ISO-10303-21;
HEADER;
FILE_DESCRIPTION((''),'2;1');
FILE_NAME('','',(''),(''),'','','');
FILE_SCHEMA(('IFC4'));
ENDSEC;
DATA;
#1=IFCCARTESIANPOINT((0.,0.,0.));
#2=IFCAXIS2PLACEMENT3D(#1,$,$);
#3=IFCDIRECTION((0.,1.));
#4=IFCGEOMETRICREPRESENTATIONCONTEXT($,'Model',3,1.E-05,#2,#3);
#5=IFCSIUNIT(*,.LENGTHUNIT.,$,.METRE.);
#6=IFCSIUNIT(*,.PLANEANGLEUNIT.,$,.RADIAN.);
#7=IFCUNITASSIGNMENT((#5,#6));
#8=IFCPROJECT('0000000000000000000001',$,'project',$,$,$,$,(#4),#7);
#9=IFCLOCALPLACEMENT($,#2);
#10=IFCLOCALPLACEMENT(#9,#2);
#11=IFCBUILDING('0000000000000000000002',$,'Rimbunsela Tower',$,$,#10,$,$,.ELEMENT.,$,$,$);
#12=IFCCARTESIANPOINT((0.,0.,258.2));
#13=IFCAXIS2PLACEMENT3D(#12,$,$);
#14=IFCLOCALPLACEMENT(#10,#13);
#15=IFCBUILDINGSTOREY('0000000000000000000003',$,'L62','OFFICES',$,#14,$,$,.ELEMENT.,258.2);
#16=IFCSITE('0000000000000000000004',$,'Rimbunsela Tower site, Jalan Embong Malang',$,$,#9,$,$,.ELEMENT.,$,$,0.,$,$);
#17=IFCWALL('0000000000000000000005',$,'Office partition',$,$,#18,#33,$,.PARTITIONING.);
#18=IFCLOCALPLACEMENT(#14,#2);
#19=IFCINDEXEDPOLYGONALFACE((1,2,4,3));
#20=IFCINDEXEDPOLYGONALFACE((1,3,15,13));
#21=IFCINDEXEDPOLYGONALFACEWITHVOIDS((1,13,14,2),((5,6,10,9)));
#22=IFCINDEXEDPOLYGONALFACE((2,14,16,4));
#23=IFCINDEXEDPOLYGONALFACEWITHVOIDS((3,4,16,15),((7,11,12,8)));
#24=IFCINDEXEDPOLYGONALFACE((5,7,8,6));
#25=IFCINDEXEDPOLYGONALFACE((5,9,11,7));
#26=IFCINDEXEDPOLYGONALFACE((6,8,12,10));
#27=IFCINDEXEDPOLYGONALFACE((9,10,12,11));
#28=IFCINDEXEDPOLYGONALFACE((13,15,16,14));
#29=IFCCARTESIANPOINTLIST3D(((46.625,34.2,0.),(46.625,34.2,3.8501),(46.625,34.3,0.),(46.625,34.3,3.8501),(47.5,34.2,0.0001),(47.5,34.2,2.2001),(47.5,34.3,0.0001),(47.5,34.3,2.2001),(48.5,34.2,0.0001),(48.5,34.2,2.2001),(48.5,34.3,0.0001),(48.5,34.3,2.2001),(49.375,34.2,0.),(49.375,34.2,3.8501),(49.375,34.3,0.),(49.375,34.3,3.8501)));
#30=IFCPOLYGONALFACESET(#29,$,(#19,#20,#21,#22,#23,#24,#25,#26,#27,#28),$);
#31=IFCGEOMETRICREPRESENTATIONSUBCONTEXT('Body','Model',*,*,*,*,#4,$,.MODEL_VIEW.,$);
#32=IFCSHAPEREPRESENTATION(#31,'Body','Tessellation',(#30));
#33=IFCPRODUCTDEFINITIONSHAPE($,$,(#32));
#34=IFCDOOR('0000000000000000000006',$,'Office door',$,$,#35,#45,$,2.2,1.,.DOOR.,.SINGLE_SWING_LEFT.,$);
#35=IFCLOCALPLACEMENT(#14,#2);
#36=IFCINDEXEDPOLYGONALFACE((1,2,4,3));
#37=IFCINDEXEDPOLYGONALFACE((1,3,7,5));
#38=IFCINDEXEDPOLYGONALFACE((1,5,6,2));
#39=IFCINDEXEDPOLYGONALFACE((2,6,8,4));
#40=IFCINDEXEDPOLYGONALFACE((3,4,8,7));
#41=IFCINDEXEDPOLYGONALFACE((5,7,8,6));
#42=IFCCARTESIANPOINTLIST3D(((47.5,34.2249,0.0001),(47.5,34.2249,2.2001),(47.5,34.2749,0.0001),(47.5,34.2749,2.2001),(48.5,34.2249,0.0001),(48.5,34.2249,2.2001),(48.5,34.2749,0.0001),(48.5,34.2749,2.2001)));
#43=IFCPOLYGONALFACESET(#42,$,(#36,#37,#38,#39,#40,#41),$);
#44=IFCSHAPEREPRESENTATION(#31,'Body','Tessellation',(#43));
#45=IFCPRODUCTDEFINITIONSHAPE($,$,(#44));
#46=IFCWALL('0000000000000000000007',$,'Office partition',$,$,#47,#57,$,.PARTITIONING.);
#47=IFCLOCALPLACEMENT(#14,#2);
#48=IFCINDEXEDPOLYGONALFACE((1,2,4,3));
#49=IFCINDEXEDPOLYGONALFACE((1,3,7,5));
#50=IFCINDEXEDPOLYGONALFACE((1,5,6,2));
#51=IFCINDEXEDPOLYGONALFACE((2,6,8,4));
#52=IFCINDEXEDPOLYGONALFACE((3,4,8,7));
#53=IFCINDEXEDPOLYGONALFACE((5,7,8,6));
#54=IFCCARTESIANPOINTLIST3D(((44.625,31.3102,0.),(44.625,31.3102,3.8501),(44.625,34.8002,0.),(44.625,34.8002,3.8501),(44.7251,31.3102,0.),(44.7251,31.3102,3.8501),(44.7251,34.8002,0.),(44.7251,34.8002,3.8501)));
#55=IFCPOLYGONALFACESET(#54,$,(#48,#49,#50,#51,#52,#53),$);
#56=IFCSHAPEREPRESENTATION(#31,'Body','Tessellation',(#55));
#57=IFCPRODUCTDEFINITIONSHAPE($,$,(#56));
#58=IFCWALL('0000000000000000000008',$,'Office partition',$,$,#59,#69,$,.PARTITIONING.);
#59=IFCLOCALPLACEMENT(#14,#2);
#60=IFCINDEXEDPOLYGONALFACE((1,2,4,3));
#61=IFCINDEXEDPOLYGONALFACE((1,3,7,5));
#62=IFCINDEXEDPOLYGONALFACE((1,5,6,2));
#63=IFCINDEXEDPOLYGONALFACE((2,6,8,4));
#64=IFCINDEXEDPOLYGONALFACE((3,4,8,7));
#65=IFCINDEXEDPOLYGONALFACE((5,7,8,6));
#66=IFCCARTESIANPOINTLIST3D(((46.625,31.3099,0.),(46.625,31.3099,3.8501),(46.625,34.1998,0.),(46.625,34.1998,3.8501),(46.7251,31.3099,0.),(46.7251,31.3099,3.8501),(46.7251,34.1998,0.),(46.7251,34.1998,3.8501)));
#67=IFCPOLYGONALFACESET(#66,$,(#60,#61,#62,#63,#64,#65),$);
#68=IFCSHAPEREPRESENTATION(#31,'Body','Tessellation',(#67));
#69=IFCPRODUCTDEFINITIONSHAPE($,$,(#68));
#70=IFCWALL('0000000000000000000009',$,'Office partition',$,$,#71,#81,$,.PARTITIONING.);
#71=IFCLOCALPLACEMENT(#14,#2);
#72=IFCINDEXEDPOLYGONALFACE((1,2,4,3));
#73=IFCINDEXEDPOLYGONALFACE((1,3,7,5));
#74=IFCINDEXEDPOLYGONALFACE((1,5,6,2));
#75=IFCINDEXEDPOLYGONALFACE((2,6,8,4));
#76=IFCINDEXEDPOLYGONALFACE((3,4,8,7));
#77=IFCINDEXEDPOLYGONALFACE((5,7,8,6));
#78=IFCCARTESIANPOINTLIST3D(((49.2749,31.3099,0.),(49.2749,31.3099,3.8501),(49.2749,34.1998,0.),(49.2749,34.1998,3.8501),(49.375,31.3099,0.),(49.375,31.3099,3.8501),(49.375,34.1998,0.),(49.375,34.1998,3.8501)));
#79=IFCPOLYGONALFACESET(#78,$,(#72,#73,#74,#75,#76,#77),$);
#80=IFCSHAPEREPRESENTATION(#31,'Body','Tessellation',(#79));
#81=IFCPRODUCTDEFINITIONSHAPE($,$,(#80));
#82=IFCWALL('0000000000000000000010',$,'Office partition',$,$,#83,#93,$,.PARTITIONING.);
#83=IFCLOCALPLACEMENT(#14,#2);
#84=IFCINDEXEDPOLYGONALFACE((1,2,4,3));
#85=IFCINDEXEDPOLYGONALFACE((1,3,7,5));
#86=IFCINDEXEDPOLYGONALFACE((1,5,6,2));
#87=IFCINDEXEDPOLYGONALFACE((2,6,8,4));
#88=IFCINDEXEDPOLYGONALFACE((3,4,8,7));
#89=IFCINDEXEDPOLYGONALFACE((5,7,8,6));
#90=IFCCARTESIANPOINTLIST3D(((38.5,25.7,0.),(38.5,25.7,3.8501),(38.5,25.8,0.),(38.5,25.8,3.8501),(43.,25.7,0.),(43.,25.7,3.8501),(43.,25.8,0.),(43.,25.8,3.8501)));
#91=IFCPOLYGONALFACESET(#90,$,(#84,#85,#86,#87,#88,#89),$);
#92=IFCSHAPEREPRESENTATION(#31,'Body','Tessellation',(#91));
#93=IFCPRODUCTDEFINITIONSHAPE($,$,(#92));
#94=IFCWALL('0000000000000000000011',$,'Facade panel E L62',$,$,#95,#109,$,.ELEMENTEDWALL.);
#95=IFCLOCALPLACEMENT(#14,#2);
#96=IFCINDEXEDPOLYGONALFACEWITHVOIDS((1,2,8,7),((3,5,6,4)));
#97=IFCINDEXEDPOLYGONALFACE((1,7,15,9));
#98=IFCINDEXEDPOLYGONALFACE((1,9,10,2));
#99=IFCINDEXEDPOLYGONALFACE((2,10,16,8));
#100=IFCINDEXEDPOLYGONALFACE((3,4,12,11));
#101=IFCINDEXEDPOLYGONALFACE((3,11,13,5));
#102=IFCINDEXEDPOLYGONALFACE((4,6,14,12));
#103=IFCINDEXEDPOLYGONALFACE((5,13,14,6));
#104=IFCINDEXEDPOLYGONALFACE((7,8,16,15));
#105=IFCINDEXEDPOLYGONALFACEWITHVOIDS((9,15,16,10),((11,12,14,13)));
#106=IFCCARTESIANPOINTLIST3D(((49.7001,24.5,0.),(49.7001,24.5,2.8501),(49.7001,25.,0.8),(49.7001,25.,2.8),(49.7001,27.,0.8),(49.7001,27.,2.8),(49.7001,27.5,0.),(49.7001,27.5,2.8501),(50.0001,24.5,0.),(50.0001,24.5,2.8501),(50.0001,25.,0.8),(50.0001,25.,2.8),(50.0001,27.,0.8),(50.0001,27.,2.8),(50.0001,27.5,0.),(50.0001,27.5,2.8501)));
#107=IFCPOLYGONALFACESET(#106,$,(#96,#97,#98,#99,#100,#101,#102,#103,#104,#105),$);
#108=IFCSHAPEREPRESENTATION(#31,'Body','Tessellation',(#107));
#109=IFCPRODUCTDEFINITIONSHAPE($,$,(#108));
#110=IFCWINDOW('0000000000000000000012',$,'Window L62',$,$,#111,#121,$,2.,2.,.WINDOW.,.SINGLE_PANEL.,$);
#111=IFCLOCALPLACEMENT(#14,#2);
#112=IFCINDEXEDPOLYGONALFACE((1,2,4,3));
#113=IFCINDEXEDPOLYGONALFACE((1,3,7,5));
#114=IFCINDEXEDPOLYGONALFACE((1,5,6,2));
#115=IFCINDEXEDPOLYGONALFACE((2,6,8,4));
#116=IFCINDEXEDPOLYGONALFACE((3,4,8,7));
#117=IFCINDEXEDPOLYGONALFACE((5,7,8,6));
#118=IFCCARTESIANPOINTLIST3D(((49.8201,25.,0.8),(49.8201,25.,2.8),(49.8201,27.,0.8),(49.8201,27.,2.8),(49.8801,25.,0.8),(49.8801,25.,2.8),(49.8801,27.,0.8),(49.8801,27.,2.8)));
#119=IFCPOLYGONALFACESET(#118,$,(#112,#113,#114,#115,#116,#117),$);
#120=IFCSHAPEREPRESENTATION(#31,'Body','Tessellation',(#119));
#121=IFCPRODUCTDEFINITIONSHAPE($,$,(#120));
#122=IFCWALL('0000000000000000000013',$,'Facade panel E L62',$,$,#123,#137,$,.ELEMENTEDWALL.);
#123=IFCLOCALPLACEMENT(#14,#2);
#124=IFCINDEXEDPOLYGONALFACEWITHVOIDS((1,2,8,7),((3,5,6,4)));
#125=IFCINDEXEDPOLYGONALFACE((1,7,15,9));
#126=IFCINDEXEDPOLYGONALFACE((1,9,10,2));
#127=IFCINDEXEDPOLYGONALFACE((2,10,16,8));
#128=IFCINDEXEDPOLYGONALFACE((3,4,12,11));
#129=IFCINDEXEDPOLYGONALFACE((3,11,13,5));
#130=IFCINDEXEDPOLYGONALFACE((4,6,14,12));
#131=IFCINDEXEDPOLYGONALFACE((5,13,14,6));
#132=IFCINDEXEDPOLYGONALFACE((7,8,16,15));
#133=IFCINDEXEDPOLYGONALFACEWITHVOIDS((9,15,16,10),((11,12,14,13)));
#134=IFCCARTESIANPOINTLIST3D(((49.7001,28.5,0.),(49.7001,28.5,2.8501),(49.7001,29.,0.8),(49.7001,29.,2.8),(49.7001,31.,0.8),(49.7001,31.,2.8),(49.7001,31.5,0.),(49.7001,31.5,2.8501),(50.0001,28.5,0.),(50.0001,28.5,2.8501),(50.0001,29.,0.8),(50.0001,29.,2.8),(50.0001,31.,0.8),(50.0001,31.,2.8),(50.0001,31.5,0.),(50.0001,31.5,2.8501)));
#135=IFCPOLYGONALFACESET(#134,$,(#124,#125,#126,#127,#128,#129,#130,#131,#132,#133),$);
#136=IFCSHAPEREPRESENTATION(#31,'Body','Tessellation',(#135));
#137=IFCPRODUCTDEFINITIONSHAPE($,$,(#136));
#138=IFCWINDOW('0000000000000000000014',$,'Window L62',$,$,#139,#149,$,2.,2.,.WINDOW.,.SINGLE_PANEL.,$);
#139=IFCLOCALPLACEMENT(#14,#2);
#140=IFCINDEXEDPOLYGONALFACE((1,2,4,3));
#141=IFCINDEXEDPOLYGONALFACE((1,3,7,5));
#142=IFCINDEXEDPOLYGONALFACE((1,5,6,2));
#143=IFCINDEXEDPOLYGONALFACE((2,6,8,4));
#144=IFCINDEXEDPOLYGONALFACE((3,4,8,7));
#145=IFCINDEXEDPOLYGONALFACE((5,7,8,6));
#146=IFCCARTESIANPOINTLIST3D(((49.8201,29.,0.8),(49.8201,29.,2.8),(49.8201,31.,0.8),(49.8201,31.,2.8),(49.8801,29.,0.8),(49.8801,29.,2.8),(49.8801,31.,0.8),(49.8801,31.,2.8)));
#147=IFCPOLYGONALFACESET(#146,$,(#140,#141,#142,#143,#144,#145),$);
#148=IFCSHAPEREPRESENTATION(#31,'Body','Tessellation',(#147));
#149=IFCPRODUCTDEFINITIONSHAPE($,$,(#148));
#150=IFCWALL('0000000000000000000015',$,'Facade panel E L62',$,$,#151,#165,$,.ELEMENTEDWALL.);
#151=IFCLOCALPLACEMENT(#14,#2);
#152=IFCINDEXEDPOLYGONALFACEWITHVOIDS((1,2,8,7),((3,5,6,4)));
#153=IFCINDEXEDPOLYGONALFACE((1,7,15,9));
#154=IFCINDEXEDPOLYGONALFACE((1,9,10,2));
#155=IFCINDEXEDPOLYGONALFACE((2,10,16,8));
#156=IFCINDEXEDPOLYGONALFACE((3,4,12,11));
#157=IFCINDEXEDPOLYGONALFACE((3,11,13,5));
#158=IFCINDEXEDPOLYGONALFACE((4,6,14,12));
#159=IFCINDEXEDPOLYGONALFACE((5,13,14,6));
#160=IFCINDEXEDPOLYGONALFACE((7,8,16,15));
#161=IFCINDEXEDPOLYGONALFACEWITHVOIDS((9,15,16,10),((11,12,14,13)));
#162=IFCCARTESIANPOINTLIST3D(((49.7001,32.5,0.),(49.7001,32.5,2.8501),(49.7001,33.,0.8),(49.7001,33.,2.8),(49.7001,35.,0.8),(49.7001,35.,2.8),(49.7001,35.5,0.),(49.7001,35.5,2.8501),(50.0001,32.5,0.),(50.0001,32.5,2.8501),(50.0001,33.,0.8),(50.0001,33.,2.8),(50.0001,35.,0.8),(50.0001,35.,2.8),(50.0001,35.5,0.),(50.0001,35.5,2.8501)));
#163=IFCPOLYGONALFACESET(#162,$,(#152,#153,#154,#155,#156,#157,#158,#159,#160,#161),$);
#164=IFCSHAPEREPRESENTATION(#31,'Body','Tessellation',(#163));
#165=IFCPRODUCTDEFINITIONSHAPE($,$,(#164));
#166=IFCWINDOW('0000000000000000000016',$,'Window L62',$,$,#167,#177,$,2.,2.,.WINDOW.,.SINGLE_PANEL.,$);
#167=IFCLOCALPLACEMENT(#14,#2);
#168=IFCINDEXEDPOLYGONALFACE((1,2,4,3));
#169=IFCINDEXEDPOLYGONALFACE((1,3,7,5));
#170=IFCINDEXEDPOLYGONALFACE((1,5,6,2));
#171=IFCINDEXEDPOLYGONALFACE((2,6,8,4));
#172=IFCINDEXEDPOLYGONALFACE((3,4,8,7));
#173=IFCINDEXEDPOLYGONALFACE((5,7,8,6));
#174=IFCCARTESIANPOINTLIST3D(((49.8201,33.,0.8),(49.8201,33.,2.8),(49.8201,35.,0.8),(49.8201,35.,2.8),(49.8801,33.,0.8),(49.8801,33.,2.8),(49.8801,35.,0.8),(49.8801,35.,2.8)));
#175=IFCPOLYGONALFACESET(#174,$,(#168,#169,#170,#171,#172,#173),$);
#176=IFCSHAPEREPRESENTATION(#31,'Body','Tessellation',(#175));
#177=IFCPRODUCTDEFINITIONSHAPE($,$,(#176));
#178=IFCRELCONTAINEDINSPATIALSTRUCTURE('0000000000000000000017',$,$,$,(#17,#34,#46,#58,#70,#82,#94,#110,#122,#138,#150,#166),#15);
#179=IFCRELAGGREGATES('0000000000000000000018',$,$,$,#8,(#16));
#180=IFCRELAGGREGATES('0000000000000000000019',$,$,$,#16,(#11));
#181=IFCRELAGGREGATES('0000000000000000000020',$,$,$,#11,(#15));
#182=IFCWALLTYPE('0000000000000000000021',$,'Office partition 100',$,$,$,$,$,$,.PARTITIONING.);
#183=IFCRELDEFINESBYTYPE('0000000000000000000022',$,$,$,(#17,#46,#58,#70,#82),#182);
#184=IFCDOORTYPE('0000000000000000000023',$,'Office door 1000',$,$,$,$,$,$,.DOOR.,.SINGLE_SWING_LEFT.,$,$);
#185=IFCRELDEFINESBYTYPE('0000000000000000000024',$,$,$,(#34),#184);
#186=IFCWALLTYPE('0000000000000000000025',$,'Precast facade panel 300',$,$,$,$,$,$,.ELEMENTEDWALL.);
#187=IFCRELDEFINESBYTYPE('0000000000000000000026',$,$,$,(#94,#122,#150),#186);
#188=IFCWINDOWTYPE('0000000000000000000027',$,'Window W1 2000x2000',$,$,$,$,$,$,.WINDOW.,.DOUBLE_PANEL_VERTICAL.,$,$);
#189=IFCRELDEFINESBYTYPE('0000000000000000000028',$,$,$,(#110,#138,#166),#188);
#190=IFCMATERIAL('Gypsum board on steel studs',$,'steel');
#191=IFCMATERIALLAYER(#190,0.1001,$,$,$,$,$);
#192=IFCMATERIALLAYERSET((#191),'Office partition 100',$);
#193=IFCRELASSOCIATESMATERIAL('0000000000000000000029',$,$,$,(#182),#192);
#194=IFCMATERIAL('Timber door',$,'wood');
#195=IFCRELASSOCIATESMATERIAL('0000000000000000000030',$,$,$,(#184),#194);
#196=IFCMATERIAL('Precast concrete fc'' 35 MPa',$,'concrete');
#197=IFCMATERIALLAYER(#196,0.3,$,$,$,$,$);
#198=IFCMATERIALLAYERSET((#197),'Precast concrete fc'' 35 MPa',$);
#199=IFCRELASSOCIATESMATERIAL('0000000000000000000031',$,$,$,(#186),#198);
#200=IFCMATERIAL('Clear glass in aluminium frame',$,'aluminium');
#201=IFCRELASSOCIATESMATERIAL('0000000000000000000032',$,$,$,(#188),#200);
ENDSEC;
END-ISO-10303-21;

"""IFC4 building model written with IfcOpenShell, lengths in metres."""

from ifc_helpers import new_model, si_unit, direction, frame, frame_2d, origin, place, context, subcontext, project, spatial, rectangle, extrude, material, layer, layer_set, type_object, element, fill, save


model = new_model("IFC4")

# Units and contexts
model_context = context("Model", 3, precision=1e-05, world=origin(), true_north=direction((0.0, 1.0)))
body_context = subcontext(model_context, "Body", "Model", "MODEL_VIEW")
ifc_project = project(units=[si_unit("LENGTHUNIT", "METRE"), si_unit("PLANEANGLEUNIT", "RADIAN")], contexts=[model_context])

# Site, building, storey
site_placement = place(None, origin())
site = spatial("IfcSite", under=ifc_project, at=site_placement, Name="Rimbunsela Tower site, Jalan Embong Malang", CompositionType="ELEMENT", RefElevation=0.0)
building_placement = place(site_placement, origin())
building = spatial("IfcBuilding", under=site, at=building_placement, Name="Rimbunsela Tower", CompositionType="ELEMENT")
storey_placement = place(building_placement, frame((0.0, 0.0, 258.2)))
storey = spatial("IfcBuildingStorey", under=building, at=storey_placement, Name="L62", Description="OFFICES", CompositionType="ELEMENT", Elevation=258.2)

# Wall, opening, door
ifc_material_1 = material(Name="Gypsum board on steel studs", Category="steel")
ifc_layer_1 = layer(ifc_material_1, 0.1001)
ifc_layer_set_1 = layer_set([ifc_layer_1], Name="Office partition 100")
wall_type_1 = type_object("IfcWallType", Name="Office partition 100", PredefinedType="PARTITIONING", material=ifc_layer_set_1)
wall_1_placement = place(storey_placement, frame((46.625, 34.25, 0.0), z_axis=(0.0, 0.0, 1.0), x_axis=(1.0, 0.0, 0.0)))
wall_1 = element("IfcWall", 1, at=wall_1_placement, inside=storey, type_object=wall_type_1, Name="Office partition", PredefinedType="PARTITIONING", context=body_context, shape_type="SweptSolid", body=[
    extrude(rectangle(XDim=2.75, YDim=0.1001, at=frame_2d((1.375, 0.0))), origin(), (0.0, 0.0, 1.0), 3.8501),
])
opening_1_placement = place(wall_1_placement, frame((0.875, 0.0, 0.0)))
opening_1 = element("IfcOpeningElement", 2, at=opening_1_placement, cuts=wall_1, PredefinedType="OPENING", context=body_context, shape_type="SweptSolid", body=[
    extrude(rectangle(XDim=1.0, YDim=2.2, at=frame_2d((0.5, 1.1001))), frame((0.0, 0.0601, 0.0), z_axis=(0.0, -1.0, 0.0), x_axis=(1.0, 0.0, 0.0)), (0.0, 0.0, 1.0), 0.1201),
])
ifc_material_2 = material(Name="Timber door", Category="wood")
door_type = type_object("IfcDoorType", Name="Office door 1000", OperationType="SINGLE_SWING_LEFT", PredefinedType="DOOR", material=ifc_material_2)
door_placement = place(opening_1_placement, origin())
door = element("IfcDoor", 3, at=door_placement, inside=storey, type_object=door_type, Name="Office door", OperationType="SINGLE_SWING_LEFT", OverallHeight=2.2, OverallWidth=1.0, PredefinedType="DOOR", context=body_context, shape_type="SweptSolid", body=[
    extrude(rectangle(XDim=1.0, YDim=2.2, at=frame_2d((0.5, 1.1001))), frame((0.0, 0.0249, 0.0), z_axis=(0.0, -1.0, 0.0), x_axis=(1.0, 0.0, 0.0)), (0.0, 0.0, 1.0), 0.05),
])
fill(opening_1, door)

# Walls
wall_2_placement = place(storey_placement, frame((44.675, 31.3101, 0.0), z_axis=(0.0, 0.0, 1.0), x_axis=(0.0, 1.0, 0.0)))
element("IfcWall", 4, at=wall_2_placement, inside=storey, type_object=wall_type_1, Name="Office partition", PredefinedType="PARTITIONING", context=body_context, shape_type="SweptSolid", body=[
    extrude(rectangle(XDim=3.49, YDim=0.1001, at=frame_2d((1.7451, 0.0))), origin(), (0.0, 0.0, 1.0), 3.8501),
])
for number, where, z_axis, x_axis, name in (
    (5, (46.675, 31.3101, 0.0), (0.0, 0.0, 1.0), (0.0, 1.0, 0.0), "Office partition"),
    (6, (49.325, 31.3101, 0.0), (0.0, 0.0, 1.0), (0.0, 1.0, 0.0), "Office partition"),
):
    element("IfcWall", number, at=place(storey_placement, frame(where, z_axis=z_axis, x_axis=x_axis)), inside=storey, type_object=wall_type_1, Name=name, PredefinedType="PARTITIONING", context=body_context, shape_type="SweptSolid", body=[
        extrude(rectangle(XDim=2.8899, YDim=0.1001, at=frame_2d((1.4448, 0.0))), origin(), (0.0, 0.0, 1.0), 3.8501),
    ])
wall_3_placement = place(storey_placement, frame((43.0, 25.75, 0.0), z_axis=(0.0, 0.0, 1.0), x_axis=(-1.0, 0.0, 0.0)))
element("IfcWall", 7, at=wall_3_placement, inside=storey, type_object=wall_type_1, Name="Office partition", PredefinedType="PARTITIONING", context=body_context, shape_type="SweptSolid", body=[
    extrude(rectangle(XDim=4.5, YDim=0.1001, at=frame_2d((2.25, 0.0))), origin(), (0.0, 0.0, 1.0), 3.8501),
])

# Walls, openings, windows
ifc_material_3 = material(Name="Precast concrete fc' 35 MPa", Category="concrete")
ifc_layer_2 = layer(ifc_material_3, 0.3)
ifc_layer_set_2 = layer_set([ifc_layer_2], Name="Precast concrete fc' 35 MPa")
wall_type_2 = type_object("IfcWallType", Name="Precast facade panel 300", PredefinedType="ELEMENTEDWALL", material=ifc_layer_set_2)
wall_4_placement = place(storey_placement, frame((49.8501, 24.5, 0.0), z_axis=(0.0, 0.0, 1.0), x_axis=(0.0, 1.0, 0.0)))
wall_4 = element("IfcWall", 8, at=wall_4_placement, inside=storey, type_object=wall_type_2, Name="Facade panel E L62", PredefinedType="ELEMENTEDWALL", context=body_context, shape_type="SweptSolid", body=[
    extrude(rectangle(XDim=3.0, YDim=0.3, at=frame_2d((1.5, 0.0))), origin(), (0.0, 0.0, 1.0), 2.8501),
])
opening_2_placement = place(wall_4_placement, frame((0.5, 0.0, 0.8)))
opening_2 = element("IfcOpeningElement", 9, at=opening_2_placement, cuts=wall_4, PredefinedType="OPENING", context=body_context, shape_type="SweptSolid", body=[
    extrude(rectangle(XDim=2.0, YDim=2.0, at=frame_2d((1.0, 1.0))), frame((0.0, 0.1599, 0.0), z_axis=(0.0, -1.0, 0.0), x_axis=(1.0, 0.0, 0.0)), (0.0, 0.0, 1.0), 0.3201),
])
ifc_material_4 = material(Name="Clear glass in aluminium frame", Category="aluminium")
window_type = type_object("IfcWindowType", Name="Window W1 2000x2000", PartitioningType="DOUBLE_PANEL_VERTICAL", PredefinedType="WINDOW", material=ifc_material_4)
window_1_placement = place(opening_2_placement, origin())
window_1 = element("IfcWindow", 10, at=window_1_placement, inside=storey, type_object=window_type, Name="Window L62", OverallHeight=2.0, OverallWidth=2.0, PartitioningType="SINGLE_PANEL", PredefinedType="WINDOW", context=body_context, shape_type="SweptSolid", body=[
    extrude(rectangle(XDim=2.0, YDim=2.0, at=frame_2d((1.0, 1.0))), frame((0.0, 0.03, 0.0), z_axis=(0.0, -1.0, 0.0), x_axis=(1.0, 0.0, 0.0)), (0.0, 0.0, 1.0), 0.0601),
])
fill(opening_2, window_1)
wall_5_placement = place(storey_placement, frame((49.8501, 28.5, 0.0), z_axis=(0.0, 0.0, 1.0), x_axis=(0.0, 1.0, 0.0)))
wall_5 = element("IfcWall", 11, at=wall_5_placement, inside=storey, type_object=wall_type_2, Name="Facade panel E L62", PredefinedType="ELEMENTEDWALL", context=body_context, shape_type="SweptSolid", body=[
    extrude(rectangle(XDim=3.0, YDim=0.3, at=frame_2d((1.5, 0.0))), origin(), (0.0, 0.0, 1.0), 2.8501),
])
opening_3_placement = place(wall_5_placement, frame((0.5, 0.0, 0.8)))
opening_3 = element("IfcOpeningElement", 12, at=opening_3_placement, cuts=wall_5, PredefinedType="OPENING", context=body_context, shape_type="SweptSolid", body=[
    extrude(rectangle(XDim=2.0, YDim=2.0, at=frame_2d((1.0, 1.0))), frame((0.0, 0.1599, 0.0), z_axis=(0.0, -1.0, 0.0), x_axis=(1.0, 0.0, 0.0)), (0.0, 0.0, 1.0), 0.3201),
])
window_2_placement = place(opening_3_placement, origin())
window_2 = element("IfcWindow", 13, at=window_2_placement, inside=storey, type_object=window_type, Name="Window L62", OverallHeight=2.0, OverallWidth=2.0, PartitioningType="SINGLE_PANEL", PredefinedType="WINDOW", context=body_context, shape_type="SweptSolid", body=[
    extrude(rectangle(XDim=2.0, YDim=2.0, at=frame_2d((1.0, 1.0))), frame((0.0, 0.03, 0.0), z_axis=(0.0, -1.0, 0.0), x_axis=(1.0, 0.0, 0.0)), (0.0, 0.0, 1.0), 0.0601),
])
fill(opening_3, window_2)
wall_6_placement = place(storey_placement, frame((49.8501, 32.5, 0.0), z_axis=(0.0, 0.0, 1.0), x_axis=(0.0, 1.0, 0.0)))
wall_6 = element("IfcWall", 14, at=wall_6_placement, inside=storey, type_object=wall_type_2, Name="Facade panel E L62", PredefinedType="ELEMENTEDWALL", context=body_context, shape_type="SweptSolid", body=[
    extrude(rectangle(XDim=3.0, YDim=0.3, at=frame_2d((1.5, 0.0))), origin(), (0.0, 0.0, 1.0), 2.8501),
])
opening_4_placement = place(wall_6_placement, frame((0.5, 0.0, 0.8)))
opening_4 = element("IfcOpeningElement", 15, at=opening_4_placement, cuts=wall_6, PredefinedType="OPENING", context=body_context, shape_type="SweptSolid", body=[
    extrude(rectangle(XDim=2.0, YDim=2.0, at=frame_2d((1.0, 1.0))), frame((0.0, 0.1599, 0.0), z_axis=(0.0, -1.0, 0.0), x_axis=(1.0, 0.0, 0.0)), (0.0, 0.0, 1.0), 0.3201),
])
window_3_placement = place(opening_4_placement, origin())
window_3 = element("IfcWindow", 16, at=window_3_placement, inside=storey, type_object=window_type, Name="Window L62", OverallHeight=2.0, OverallWidth=2.0, PartitioningType="SINGLE_PANEL", PredefinedType="WINDOW", context=body_context, shape_type="SweptSolid", body=[
    extrude(rectangle(XDim=2.0, YDim=2.0, at=frame_2d((1.0, 1.0))), frame((0.0, 0.03, 0.0), z_axis=(0.0, -1.0, 0.0), x_axis=(1.0, 0.0, 0.0)), (0.0, 0.0, 1.0), 0.0601),
])
fill(opening_4, window_3)

save(model, "model.ifc")
